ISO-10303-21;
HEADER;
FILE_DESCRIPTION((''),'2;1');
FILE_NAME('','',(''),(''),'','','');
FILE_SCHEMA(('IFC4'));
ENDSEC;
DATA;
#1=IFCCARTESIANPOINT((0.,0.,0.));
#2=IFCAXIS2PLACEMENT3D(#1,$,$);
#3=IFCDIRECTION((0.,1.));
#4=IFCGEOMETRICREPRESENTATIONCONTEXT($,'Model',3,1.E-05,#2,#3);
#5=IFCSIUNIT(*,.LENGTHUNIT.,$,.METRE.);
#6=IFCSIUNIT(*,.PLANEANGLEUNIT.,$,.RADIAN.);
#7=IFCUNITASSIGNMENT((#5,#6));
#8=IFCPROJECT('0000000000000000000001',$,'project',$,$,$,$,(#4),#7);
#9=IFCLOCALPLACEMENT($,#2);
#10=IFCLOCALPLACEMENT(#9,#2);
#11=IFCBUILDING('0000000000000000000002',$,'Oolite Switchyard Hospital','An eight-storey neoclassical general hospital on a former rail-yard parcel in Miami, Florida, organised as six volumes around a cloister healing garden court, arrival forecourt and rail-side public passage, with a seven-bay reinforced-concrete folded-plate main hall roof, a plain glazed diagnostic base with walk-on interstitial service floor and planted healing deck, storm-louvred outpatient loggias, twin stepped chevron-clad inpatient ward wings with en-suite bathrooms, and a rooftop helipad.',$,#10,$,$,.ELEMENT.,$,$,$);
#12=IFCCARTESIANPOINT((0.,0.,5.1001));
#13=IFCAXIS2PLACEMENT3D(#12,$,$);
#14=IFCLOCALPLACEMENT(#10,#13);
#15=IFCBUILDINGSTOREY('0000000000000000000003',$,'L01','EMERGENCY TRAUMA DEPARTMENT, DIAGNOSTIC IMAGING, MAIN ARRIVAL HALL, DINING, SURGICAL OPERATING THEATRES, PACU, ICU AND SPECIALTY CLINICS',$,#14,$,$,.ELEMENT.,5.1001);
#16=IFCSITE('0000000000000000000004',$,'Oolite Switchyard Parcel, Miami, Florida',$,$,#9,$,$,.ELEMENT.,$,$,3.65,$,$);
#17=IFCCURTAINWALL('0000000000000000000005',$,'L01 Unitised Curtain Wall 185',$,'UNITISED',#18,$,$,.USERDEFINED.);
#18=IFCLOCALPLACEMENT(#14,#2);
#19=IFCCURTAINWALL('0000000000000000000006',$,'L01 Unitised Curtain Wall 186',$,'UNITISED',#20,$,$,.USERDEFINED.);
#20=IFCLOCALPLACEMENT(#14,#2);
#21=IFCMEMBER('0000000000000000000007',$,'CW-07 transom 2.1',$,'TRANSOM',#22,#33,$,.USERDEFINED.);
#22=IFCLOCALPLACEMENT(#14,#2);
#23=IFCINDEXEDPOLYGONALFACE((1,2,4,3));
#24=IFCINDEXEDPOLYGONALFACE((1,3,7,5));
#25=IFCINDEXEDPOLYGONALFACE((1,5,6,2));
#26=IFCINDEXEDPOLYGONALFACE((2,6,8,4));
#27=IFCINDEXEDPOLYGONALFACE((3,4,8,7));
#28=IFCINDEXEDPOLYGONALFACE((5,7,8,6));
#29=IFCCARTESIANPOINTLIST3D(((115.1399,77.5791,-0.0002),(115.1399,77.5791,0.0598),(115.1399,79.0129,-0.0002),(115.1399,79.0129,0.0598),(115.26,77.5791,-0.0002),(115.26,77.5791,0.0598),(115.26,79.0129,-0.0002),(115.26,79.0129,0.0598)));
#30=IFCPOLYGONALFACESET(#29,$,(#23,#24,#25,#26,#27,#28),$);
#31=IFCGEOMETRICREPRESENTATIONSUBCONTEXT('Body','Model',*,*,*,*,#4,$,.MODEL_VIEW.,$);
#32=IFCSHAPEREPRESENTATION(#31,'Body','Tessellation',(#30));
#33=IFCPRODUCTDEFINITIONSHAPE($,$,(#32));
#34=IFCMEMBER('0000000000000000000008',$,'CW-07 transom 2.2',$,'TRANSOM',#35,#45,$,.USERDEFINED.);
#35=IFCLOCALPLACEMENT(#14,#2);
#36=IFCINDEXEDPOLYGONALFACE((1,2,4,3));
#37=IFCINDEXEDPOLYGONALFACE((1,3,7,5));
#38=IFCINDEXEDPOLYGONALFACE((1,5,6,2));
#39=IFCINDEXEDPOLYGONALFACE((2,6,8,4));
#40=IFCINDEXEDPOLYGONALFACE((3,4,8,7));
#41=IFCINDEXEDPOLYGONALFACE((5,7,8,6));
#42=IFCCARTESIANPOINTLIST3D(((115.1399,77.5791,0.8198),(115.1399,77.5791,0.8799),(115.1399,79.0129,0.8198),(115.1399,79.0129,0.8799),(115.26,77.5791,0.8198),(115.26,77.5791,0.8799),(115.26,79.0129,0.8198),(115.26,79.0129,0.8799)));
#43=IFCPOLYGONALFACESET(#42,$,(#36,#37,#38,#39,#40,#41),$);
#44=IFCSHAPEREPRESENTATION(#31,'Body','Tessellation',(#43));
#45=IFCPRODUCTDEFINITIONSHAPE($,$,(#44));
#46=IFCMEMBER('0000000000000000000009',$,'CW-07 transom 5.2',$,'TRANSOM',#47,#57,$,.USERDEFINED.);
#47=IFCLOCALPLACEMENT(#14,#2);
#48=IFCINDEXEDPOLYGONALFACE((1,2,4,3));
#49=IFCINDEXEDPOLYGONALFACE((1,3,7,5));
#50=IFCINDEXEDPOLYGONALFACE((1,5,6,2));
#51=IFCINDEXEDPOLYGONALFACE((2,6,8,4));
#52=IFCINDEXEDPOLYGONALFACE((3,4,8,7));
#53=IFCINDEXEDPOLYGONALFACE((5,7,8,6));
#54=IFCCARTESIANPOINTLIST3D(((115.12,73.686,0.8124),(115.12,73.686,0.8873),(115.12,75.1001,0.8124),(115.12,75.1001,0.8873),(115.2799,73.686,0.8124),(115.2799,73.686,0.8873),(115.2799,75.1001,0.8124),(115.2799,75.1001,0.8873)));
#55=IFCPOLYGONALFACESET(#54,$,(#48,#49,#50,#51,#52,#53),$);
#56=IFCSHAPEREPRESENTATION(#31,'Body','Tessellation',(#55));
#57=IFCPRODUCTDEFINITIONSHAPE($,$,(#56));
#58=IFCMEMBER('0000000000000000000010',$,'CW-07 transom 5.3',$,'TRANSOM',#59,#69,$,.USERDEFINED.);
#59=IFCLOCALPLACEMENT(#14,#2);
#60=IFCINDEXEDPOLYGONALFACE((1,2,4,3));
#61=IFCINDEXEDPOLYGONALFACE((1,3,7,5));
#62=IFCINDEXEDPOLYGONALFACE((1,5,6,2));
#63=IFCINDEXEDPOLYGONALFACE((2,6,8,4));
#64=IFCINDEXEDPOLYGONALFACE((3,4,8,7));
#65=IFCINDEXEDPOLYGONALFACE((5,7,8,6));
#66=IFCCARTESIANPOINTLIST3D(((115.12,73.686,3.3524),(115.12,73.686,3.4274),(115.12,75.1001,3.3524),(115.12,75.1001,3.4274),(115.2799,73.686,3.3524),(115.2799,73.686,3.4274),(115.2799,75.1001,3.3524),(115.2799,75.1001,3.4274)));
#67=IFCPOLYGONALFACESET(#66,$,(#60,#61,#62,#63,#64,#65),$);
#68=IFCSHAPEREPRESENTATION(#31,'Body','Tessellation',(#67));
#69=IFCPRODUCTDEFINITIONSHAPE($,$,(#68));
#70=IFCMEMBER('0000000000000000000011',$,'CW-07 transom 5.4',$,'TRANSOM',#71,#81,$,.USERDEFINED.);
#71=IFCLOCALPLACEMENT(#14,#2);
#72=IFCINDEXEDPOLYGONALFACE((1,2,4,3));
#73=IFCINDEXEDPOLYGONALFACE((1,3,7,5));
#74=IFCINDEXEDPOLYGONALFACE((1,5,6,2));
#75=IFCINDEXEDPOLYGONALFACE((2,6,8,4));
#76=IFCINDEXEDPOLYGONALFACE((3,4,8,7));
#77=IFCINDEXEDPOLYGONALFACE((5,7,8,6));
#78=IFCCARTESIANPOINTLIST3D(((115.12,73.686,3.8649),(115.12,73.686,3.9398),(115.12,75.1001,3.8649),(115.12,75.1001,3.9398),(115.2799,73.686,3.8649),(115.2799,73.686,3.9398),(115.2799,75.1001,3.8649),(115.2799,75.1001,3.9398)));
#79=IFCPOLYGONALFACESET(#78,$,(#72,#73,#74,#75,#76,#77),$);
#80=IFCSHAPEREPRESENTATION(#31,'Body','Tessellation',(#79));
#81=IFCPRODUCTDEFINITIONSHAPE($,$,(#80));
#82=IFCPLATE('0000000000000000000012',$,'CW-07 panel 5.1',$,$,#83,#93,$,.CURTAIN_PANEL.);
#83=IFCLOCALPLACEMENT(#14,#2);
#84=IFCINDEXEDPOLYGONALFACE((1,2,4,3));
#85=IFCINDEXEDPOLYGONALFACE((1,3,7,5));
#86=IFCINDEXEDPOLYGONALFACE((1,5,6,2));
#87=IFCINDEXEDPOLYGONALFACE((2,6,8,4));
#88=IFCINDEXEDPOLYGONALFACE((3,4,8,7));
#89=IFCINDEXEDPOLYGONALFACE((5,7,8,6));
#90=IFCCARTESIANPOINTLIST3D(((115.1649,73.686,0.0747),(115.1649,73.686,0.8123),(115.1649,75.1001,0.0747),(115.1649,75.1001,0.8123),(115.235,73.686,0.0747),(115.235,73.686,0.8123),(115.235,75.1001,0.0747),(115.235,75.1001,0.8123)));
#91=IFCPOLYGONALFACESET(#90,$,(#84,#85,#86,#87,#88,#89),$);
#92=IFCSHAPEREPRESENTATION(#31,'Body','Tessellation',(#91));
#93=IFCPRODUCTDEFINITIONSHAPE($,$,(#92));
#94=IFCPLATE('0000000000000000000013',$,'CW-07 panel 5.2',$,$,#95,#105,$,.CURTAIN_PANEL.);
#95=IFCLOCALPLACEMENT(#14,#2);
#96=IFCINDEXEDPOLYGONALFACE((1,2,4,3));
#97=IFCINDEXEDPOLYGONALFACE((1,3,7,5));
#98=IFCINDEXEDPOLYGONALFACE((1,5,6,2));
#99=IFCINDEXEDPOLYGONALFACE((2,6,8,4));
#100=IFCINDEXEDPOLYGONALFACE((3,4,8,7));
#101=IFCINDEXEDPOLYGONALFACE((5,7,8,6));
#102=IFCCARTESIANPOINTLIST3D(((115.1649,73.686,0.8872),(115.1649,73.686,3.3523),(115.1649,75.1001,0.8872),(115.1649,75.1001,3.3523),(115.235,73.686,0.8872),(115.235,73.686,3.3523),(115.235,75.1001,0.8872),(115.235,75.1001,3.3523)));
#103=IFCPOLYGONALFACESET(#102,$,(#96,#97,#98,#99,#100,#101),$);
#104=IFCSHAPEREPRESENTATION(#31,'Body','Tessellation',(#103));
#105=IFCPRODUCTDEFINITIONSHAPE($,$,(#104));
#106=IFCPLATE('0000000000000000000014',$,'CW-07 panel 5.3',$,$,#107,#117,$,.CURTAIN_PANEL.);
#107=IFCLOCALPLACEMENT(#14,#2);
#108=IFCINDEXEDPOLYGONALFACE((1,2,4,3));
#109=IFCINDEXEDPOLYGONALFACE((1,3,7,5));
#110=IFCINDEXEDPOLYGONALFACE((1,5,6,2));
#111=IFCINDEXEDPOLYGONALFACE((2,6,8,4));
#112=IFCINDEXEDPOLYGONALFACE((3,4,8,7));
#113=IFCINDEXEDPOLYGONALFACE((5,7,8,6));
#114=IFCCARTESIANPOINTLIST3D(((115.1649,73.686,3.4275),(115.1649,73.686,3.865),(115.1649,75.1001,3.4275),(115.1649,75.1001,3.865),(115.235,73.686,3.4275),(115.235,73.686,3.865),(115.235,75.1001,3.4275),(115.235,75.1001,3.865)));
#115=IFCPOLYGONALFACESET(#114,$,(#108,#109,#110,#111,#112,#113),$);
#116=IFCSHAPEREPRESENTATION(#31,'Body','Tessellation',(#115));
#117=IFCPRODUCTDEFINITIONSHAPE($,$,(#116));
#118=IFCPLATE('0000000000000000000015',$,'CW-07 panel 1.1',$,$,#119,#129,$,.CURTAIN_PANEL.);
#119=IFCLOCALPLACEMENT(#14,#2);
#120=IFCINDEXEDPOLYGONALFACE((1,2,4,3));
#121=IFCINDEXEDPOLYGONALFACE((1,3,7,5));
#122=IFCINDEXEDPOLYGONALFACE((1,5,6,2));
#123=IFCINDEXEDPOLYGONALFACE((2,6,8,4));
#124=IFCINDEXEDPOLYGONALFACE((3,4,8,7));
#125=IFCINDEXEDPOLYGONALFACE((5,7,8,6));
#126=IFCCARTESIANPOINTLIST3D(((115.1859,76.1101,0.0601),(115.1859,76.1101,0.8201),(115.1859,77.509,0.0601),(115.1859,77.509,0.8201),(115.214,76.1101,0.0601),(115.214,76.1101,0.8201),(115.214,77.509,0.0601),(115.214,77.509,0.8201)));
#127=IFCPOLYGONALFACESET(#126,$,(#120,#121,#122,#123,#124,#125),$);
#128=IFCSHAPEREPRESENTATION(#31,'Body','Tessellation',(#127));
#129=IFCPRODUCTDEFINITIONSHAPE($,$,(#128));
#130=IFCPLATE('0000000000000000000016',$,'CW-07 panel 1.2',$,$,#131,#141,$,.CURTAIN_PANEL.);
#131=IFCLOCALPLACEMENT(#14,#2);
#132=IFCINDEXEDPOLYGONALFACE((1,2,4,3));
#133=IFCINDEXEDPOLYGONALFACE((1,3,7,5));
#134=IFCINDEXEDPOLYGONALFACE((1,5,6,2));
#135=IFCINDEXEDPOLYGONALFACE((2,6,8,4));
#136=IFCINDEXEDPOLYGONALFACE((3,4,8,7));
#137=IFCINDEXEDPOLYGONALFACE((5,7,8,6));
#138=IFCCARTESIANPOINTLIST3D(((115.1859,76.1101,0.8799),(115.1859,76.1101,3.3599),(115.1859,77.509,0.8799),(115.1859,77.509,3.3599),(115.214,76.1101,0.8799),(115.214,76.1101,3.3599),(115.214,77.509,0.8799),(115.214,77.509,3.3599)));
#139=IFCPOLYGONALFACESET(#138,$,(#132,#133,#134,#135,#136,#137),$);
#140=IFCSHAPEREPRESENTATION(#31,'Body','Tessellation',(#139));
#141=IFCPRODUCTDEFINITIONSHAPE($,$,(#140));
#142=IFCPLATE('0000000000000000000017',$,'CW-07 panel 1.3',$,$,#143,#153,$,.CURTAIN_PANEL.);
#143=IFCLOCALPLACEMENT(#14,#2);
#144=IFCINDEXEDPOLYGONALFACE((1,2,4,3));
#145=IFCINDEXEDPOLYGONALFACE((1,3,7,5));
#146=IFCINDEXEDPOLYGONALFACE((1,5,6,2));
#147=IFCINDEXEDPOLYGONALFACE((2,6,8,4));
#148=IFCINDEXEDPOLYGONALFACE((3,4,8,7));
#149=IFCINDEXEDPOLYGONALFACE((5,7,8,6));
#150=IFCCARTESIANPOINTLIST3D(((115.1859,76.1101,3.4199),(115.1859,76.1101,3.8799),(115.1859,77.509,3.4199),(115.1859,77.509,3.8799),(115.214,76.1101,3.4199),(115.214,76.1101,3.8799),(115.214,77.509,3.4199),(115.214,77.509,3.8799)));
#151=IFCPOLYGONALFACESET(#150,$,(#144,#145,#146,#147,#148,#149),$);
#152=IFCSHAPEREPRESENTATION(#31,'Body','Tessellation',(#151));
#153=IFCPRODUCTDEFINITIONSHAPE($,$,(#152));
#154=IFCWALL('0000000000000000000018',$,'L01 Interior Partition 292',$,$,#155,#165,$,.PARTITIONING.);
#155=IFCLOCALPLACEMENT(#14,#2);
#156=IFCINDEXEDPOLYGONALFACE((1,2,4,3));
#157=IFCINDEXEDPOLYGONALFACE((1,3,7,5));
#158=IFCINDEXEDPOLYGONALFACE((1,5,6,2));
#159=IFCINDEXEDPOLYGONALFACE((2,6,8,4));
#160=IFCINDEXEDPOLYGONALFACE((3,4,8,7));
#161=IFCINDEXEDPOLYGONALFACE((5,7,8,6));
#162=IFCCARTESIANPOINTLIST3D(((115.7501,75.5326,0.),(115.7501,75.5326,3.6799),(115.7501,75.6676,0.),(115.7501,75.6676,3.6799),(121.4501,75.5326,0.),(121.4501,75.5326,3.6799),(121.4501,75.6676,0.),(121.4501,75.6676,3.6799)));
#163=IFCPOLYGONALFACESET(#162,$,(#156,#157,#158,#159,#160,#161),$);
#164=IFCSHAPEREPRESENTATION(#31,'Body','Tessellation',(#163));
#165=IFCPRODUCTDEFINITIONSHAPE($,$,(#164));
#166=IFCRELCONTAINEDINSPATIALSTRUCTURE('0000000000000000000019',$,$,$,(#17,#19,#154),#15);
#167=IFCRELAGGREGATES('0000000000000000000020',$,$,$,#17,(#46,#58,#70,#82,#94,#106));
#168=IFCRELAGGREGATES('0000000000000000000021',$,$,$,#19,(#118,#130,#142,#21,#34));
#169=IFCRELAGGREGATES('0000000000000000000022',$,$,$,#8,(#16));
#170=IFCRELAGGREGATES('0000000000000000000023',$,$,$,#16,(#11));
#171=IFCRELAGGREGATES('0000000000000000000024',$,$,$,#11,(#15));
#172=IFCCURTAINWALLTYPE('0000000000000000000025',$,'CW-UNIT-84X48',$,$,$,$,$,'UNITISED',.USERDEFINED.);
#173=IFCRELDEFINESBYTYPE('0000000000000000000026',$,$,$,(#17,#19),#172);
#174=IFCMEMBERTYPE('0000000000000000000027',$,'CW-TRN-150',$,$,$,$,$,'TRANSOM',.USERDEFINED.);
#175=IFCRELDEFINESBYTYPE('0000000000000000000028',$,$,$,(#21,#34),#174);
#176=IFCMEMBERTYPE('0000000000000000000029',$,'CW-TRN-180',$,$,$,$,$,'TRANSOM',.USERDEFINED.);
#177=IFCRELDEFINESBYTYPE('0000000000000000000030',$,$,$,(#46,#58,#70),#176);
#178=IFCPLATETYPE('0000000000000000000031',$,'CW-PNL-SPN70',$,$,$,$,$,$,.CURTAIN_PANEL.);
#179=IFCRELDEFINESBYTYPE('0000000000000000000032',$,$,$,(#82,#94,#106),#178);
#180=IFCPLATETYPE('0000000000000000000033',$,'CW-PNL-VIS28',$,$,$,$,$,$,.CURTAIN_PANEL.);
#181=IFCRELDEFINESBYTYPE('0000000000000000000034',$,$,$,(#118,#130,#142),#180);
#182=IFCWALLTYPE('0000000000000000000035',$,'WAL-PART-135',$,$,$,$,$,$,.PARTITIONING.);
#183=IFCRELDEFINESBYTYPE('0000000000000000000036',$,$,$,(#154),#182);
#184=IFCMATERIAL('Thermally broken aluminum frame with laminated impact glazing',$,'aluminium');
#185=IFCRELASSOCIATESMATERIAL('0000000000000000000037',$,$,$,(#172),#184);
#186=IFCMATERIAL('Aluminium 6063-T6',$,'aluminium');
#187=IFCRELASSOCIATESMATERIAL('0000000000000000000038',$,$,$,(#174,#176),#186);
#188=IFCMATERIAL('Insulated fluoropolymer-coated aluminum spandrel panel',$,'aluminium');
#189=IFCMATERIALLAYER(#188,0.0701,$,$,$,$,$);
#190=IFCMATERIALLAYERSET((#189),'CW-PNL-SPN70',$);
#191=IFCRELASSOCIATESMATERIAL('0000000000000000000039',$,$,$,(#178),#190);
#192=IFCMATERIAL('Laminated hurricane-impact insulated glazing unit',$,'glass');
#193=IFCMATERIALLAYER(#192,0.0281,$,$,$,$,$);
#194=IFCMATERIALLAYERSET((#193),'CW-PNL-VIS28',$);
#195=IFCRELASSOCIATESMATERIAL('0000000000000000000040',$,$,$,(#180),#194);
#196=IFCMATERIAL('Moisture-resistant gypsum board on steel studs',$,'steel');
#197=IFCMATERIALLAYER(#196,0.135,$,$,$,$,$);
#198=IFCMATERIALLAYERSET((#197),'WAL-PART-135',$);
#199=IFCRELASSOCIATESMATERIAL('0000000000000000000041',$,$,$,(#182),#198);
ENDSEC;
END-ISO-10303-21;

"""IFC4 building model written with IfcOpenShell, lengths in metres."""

from ifc_helpers import new_model, si_unit, direction, frame, frame_2d, origin, origin_2d, place, context, subcontext, project, spatial, rectangle, extrude, material, layer, layer_set, material_profile, profile_set, type_object, element, aggregate, save


model = new_model("IFC4")

# Units and contexts
model_context = context("Model", 3, precision=1e-05, world=origin(), true_north=direction((0.0, 1.0)))
body_context = subcontext(model_context, "Body", "Model", "MODEL_VIEW")
ifc_project = project(units=[si_unit("LENGTHUNIT", "METRE"), si_unit("PLANEANGLEUNIT", "RADIAN")], contexts=[model_context])

# Site, building, storey
site_placement = place(None, origin())
site = spatial("IfcSite", under=ifc_project, at=site_placement, Name="Oolite Switchyard Parcel, Miami, Florida", CompositionType="ELEMENT", RefElevation=3.65)
building_placement = place(site_placement, origin())
building = spatial("IfcBuilding", under=site, at=building_placement, Name="Oolite Switchyard Hospital", Description="An eight-storey neoclassical general hospital on a former rail-yard parcel in Miami, Florida, organised as six volumes around a cloister healing garden court, arrival forecourt and rail-side public passage, with a seven-bay reinforced-concrete folded-plate main hall roof, a plain glazed diagnostic base with walk-on interstitial service floor and planted healing deck, storm-louvred outpatient loggias, twin stepped chevron-clad inpatient ward wings with en-suite bathrooms, and a rooftop helipad.", CompositionType="ELEMENT")
storey_placement = place(building_placement, frame((0.0, 0.0, 5.1001)))
storey = spatial("IfcBuildingStorey", under=building, at=storey_placement, Name="L01", Description="EMERGENCY TRAUMA DEPARTMENT, DIAGNOSTIC IMAGING, MAIN ARRIVAL HALL, DINING, SURGICAL OPERATING THEATRES, PACU, ICU AND SPECIALTY CLINICS", CompositionType="ELEMENT", Elevation=5.1001)

# Curtain wall
ifc_material_1 = material(Name="Thermally broken aluminum frame with laminated impact glazing", Category="aluminium")
curtain_wall_type = type_object("IfcCurtainWallType", Name="CW-UNIT-84X48", ElementType="UNITISED", PredefinedType="USERDEFINED", material=ifc_material_1)
curtain_wall_1_placement = place(storey_placement, origin())
curtain_wall_1 = element("IfcCurtainWall", 1, at=curtain_wall_1_placement, inside=storey, type_object=curtain_wall_type, Name="L01 Unitised Curtain Wall 185", ObjectType="UNITISED", PredefinedType="USERDEFINED")
ifc_material_2 = material(Name="Aluminium 6063-T6", Category="aluminium")

# Curtain wall, members
curtain_wall_2_placement = place(storey_placement, origin())
curtain_wall_2 = element("IfcCurtainWall", 2, at=curtain_wall_2_placement, inside=storey, type_object=curtain_wall_type, Name="L01 Unitised Curtain Wall 186", ObjectType="UNITISED", PredefinedType="USERDEFINED")
ifc_material_profile_1 = material_profile(ifc_material_2, rectangle(XDim=0.1201, YDim=0.0601, at=origin_2d()), Name="CWT60X120")
ifc_profile_set_1 = profile_set([ifc_material_profile_1], Name="Aluminium 6063-T6")
member_type_1 = type_object("IfcMemberType", Name="CW-TRN-150", ElementType="TRANSOM", PredefinedType="USERDEFINED", material=ifc_profile_set_1)
member_1_placement = place(storey_placement, frame((115.2, 77.5791, 0.0298), z_axis=(0.0, 1.0, 0.0), x_axis=(-1.0, 0.0, 0.0)))
member_1 = element("IfcMember", 3, at=member_1_placement, type_object=member_type_1, Name="CW-07 transom 2.1", ObjectType="TRANSOM", PredefinedType="USERDEFINED", context=body_context, shape_type="SweptSolid", body=[
    extrude(rectangle(XDim=0.1201, YDim=0.0601, at=origin_2d()), origin(), (0.0, 0.0, 1.0), 1.4338),
])
member_2_placement = place(storey_placement, frame((115.2, 77.5791, 0.8499), z_axis=(0.0, 1.0, 0.0), x_axis=(-1.0, 0.0, 0.0)))
member_2 = element("IfcMember", 4, at=member_2_placement, type_object=member_type_1, Name="CW-07 transom 2.2", ObjectType="TRANSOM", PredefinedType="USERDEFINED", context=body_context, shape_type="SweptSolid", body=[
    extrude(rectangle(XDim=0.1201, YDim=0.0601, at=origin_2d()), origin(), (0.0, 0.0, 1.0), 1.4338),
])

# Members
ifc_material_profile_2 = material_profile(ifc_material_2, rectangle(XDim=0.1599, YDim=0.075, at=origin_2d()), Name="CWT75X160")
ifc_profile_set_2 = profile_set([ifc_material_profile_2], Name="Aluminium 6063-T6")
member_type_2 = type_object("IfcMemberType", Name="CW-TRN-180", ElementType="TRANSOM", PredefinedType="USERDEFINED", material=ifc_profile_set_2)
member_3_placement = place(storey_placement, frame((115.2, 73.686, 0.8499), z_axis=(0.0, 1.0, 0.0), x_axis=(-1.0, 0.0, 0.0)))
member_3 = element("IfcMember", 5, at=member_3_placement, type_object=member_type_2, Name="CW-07 transom 5.2", ObjectType="TRANSOM", PredefinedType="USERDEFINED", context=body_context, shape_type="SweptSolid", body=[
    extrude(rectangle(XDim=0.1599, YDim=0.075, at=origin_2d()), origin(), (0.0, 0.0, 1.0), 1.4141),
])
member_4_placement = place(storey_placement, frame((115.2, 73.686, 3.3899), z_axis=(0.0, 1.0, 0.0), x_axis=(-1.0, 0.0, 0.0)))
member_4 = element("IfcMember", 6, at=member_4_placement, type_object=member_type_2, Name="CW-07 transom 5.3", ObjectType="TRANSOM", PredefinedType="USERDEFINED", context=body_context, shape_type="SweptSolid", body=[
    extrude(rectangle(XDim=0.1599, YDim=0.075, at=origin_2d()), origin(), (0.0, 0.0, 1.0), 1.4141),
])
member_5_placement = place(storey_placement, frame((115.2, 73.686, 3.9023), z_axis=(0.0, 1.0, 0.0), x_axis=(-1.0, 0.0, 0.0)))
member_5 = element("IfcMember", 7, at=member_5_placement, type_object=member_type_2, Name="CW-07 transom 5.4", ObjectType="TRANSOM", PredefinedType="USERDEFINED", context=body_context, shape_type="SweptSolid", body=[
    extrude(rectangle(XDim=0.1599, YDim=0.075, at=origin_2d()), origin(), (0.0, 0.0, 1.0), 1.4141),
])

# Plates
ifc_material_3 = material(Name="Insulated fluoropolymer-coated aluminum spandrel panel", Category="aluminium")
ifc_layer_1 = layer(ifc_material_3, 0.0701)
ifc_layer_set_1 = layer_set([ifc_layer_1], Name="CW-PNL-SPN70")
plate_type_1 = type_object("IfcPlateType", Name="CW-PNL-SPN70", PredefinedType="CURTAIN_PANEL", material=ifc_layer_set_1)
plate_1_placement = place(storey_placement, frame((115.2, 74.3931, 0.0747), z_axis=(0.0, 0.0, 1.0), x_axis=(0.0, 1.0, 0.0)))
plate_1 = element("IfcPlate", 8, at=plate_1_placement, type_object=plate_type_1, Name="CW-07 panel 5.1", PredefinedType="CURTAIN_PANEL", context=body_context, shape_type="SweptSolid", body=[
    extrude(rectangle(XDim=1.4141, YDim=0.0701, at=origin_2d()), origin(), (0.0, 0.0, 1.0), 0.7375),
])
plate_2_placement = place(storey_placement, frame((115.2, 74.3931, 0.8872), z_axis=(0.0, 0.0, 1.0), x_axis=(0.0, 1.0, 0.0)))
plate_2 = element("IfcPlate", 9, at=plate_2_placement, type_object=plate_type_1, Name="CW-07 panel 5.2", PredefinedType="CURTAIN_PANEL", context=body_context, shape_type="SweptSolid", body=[
    extrude(rectangle(XDim=1.4141, YDim=0.0701, at=origin_2d()), origin(), (0.0, 0.0, 1.0), 2.4651),
])
plate_3_placement = place(storey_placement, frame((115.2, 74.3931, 3.4275), z_axis=(0.0, 0.0, 1.0), x_axis=(0.0, 1.0, 0.0)))
plate_3 = element("IfcPlate", 10, at=plate_3_placement, type_object=plate_type_1, Name="CW-07 panel 5.3", PredefinedType="CURTAIN_PANEL", context=body_context, shape_type="SweptSolid", body=[
    extrude(rectangle(XDim=1.4141, YDim=0.0701, at=origin_2d()), origin(), (0.0, 0.0, 1.0), 0.4375),
])
aggregate(curtain_wall_1, [member_3, member_4, member_5, plate_1, plate_2, plate_3])
ifc_material_4 = material(Name="Laminated hurricane-impact insulated glazing unit", Category="glass")
ifc_layer_2 = layer(ifc_material_4, 0.0281)
ifc_layer_set_2 = layer_set([ifc_layer_2], Name="CW-PNL-VIS28")
plate_type_2 = type_object("IfcPlateType", Name="CW-PNL-VIS28", PredefinedType="CURTAIN_PANEL", material=ifc_layer_set_2)
plate_4_placement = place(storey_placement, frame((115.2, 76.8096, 0.0601), z_axis=(0.0, 0.0, 1.0), x_axis=(0.0, 1.0, 0.0)))
plate_4 = element("IfcPlate", 11, at=plate_4_placement, type_object=plate_type_2, Name="CW-07 panel 1.1", PredefinedType="CURTAIN_PANEL", context=body_context, shape_type="SweptSolid", body=[
    extrude(rectangle(XDim=1.3989, YDim=0.0281, at=origin_2d()), origin(), (0.0, 0.0, 1.0), 0.76),
])
plate_5_placement = place(storey_placement, frame((115.2, 76.8096, 0.8799), z_axis=(0.0, 0.0, 1.0), x_axis=(0.0, 1.0, 0.0)))
plate_5 = element("IfcPlate", 12, at=plate_5_placement, type_object=plate_type_2, Name="CW-07 panel 1.2", PredefinedType="CURTAIN_PANEL", context=body_context, shape_type="SweptSolid", body=[
    extrude(rectangle(XDim=1.3989, YDim=0.0281, at=origin_2d()), origin(), (0.0, 0.0, 1.0), 2.48),
])
plate_6_placement = place(storey_placement, frame((115.2, 76.8096, 3.4199), z_axis=(0.0, 0.0, 1.0), x_axis=(0.0, 1.0, 0.0)))
plate_6 = element("IfcPlate", 13, at=plate_6_placement, type_object=plate_type_2, Name="CW-07 panel 1.3", PredefinedType="CURTAIN_PANEL", context=body_context, shape_type="SweptSolid", body=[
    extrude(rectangle(XDim=1.3989, YDim=0.0281, at=origin_2d()), origin(), (0.0, 0.0, 1.0), 0.46),
])
aggregate(curtain_wall_2, [plate_4, plate_5, plate_6, member_1, member_2])

# Wall
ifc_material_5 = material(Name="Moisture-resistant gypsum board on steel studs", Category="steel")
ifc_layer_3 = layer(ifc_material_5, 0.135)
ifc_layer_set_3 = layer_set([ifc_layer_3], Name="WAL-PART-135")
wall_type_1 = type_object("IfcWallType", Name="WAL-PART-135", PredefinedType="PARTITIONING", material=ifc_layer_set_3)
wall_1_placement = place(storey_placement, frame((115.75, 75.6001, 0.0), z_axis=(0.0, 0.0, 1.0), x_axis=(1.0, 0.0, 0.0)))
element("IfcWall", 14, at=wall_1_placement, inside=storey, type_object=wall_type_1, Name="L01 Interior Partition 292", PredefinedType="PARTITIONING", context=body_context, shape_type="SweptSolid", body=[
    extrude(rectangle(XDim=5.7, YDim=0.135, at=frame_2d((2.8501, 0.0))), origin(), (0.0, 0.0, 1.0), 3.6799),
])

save(model, "model.ifc")
